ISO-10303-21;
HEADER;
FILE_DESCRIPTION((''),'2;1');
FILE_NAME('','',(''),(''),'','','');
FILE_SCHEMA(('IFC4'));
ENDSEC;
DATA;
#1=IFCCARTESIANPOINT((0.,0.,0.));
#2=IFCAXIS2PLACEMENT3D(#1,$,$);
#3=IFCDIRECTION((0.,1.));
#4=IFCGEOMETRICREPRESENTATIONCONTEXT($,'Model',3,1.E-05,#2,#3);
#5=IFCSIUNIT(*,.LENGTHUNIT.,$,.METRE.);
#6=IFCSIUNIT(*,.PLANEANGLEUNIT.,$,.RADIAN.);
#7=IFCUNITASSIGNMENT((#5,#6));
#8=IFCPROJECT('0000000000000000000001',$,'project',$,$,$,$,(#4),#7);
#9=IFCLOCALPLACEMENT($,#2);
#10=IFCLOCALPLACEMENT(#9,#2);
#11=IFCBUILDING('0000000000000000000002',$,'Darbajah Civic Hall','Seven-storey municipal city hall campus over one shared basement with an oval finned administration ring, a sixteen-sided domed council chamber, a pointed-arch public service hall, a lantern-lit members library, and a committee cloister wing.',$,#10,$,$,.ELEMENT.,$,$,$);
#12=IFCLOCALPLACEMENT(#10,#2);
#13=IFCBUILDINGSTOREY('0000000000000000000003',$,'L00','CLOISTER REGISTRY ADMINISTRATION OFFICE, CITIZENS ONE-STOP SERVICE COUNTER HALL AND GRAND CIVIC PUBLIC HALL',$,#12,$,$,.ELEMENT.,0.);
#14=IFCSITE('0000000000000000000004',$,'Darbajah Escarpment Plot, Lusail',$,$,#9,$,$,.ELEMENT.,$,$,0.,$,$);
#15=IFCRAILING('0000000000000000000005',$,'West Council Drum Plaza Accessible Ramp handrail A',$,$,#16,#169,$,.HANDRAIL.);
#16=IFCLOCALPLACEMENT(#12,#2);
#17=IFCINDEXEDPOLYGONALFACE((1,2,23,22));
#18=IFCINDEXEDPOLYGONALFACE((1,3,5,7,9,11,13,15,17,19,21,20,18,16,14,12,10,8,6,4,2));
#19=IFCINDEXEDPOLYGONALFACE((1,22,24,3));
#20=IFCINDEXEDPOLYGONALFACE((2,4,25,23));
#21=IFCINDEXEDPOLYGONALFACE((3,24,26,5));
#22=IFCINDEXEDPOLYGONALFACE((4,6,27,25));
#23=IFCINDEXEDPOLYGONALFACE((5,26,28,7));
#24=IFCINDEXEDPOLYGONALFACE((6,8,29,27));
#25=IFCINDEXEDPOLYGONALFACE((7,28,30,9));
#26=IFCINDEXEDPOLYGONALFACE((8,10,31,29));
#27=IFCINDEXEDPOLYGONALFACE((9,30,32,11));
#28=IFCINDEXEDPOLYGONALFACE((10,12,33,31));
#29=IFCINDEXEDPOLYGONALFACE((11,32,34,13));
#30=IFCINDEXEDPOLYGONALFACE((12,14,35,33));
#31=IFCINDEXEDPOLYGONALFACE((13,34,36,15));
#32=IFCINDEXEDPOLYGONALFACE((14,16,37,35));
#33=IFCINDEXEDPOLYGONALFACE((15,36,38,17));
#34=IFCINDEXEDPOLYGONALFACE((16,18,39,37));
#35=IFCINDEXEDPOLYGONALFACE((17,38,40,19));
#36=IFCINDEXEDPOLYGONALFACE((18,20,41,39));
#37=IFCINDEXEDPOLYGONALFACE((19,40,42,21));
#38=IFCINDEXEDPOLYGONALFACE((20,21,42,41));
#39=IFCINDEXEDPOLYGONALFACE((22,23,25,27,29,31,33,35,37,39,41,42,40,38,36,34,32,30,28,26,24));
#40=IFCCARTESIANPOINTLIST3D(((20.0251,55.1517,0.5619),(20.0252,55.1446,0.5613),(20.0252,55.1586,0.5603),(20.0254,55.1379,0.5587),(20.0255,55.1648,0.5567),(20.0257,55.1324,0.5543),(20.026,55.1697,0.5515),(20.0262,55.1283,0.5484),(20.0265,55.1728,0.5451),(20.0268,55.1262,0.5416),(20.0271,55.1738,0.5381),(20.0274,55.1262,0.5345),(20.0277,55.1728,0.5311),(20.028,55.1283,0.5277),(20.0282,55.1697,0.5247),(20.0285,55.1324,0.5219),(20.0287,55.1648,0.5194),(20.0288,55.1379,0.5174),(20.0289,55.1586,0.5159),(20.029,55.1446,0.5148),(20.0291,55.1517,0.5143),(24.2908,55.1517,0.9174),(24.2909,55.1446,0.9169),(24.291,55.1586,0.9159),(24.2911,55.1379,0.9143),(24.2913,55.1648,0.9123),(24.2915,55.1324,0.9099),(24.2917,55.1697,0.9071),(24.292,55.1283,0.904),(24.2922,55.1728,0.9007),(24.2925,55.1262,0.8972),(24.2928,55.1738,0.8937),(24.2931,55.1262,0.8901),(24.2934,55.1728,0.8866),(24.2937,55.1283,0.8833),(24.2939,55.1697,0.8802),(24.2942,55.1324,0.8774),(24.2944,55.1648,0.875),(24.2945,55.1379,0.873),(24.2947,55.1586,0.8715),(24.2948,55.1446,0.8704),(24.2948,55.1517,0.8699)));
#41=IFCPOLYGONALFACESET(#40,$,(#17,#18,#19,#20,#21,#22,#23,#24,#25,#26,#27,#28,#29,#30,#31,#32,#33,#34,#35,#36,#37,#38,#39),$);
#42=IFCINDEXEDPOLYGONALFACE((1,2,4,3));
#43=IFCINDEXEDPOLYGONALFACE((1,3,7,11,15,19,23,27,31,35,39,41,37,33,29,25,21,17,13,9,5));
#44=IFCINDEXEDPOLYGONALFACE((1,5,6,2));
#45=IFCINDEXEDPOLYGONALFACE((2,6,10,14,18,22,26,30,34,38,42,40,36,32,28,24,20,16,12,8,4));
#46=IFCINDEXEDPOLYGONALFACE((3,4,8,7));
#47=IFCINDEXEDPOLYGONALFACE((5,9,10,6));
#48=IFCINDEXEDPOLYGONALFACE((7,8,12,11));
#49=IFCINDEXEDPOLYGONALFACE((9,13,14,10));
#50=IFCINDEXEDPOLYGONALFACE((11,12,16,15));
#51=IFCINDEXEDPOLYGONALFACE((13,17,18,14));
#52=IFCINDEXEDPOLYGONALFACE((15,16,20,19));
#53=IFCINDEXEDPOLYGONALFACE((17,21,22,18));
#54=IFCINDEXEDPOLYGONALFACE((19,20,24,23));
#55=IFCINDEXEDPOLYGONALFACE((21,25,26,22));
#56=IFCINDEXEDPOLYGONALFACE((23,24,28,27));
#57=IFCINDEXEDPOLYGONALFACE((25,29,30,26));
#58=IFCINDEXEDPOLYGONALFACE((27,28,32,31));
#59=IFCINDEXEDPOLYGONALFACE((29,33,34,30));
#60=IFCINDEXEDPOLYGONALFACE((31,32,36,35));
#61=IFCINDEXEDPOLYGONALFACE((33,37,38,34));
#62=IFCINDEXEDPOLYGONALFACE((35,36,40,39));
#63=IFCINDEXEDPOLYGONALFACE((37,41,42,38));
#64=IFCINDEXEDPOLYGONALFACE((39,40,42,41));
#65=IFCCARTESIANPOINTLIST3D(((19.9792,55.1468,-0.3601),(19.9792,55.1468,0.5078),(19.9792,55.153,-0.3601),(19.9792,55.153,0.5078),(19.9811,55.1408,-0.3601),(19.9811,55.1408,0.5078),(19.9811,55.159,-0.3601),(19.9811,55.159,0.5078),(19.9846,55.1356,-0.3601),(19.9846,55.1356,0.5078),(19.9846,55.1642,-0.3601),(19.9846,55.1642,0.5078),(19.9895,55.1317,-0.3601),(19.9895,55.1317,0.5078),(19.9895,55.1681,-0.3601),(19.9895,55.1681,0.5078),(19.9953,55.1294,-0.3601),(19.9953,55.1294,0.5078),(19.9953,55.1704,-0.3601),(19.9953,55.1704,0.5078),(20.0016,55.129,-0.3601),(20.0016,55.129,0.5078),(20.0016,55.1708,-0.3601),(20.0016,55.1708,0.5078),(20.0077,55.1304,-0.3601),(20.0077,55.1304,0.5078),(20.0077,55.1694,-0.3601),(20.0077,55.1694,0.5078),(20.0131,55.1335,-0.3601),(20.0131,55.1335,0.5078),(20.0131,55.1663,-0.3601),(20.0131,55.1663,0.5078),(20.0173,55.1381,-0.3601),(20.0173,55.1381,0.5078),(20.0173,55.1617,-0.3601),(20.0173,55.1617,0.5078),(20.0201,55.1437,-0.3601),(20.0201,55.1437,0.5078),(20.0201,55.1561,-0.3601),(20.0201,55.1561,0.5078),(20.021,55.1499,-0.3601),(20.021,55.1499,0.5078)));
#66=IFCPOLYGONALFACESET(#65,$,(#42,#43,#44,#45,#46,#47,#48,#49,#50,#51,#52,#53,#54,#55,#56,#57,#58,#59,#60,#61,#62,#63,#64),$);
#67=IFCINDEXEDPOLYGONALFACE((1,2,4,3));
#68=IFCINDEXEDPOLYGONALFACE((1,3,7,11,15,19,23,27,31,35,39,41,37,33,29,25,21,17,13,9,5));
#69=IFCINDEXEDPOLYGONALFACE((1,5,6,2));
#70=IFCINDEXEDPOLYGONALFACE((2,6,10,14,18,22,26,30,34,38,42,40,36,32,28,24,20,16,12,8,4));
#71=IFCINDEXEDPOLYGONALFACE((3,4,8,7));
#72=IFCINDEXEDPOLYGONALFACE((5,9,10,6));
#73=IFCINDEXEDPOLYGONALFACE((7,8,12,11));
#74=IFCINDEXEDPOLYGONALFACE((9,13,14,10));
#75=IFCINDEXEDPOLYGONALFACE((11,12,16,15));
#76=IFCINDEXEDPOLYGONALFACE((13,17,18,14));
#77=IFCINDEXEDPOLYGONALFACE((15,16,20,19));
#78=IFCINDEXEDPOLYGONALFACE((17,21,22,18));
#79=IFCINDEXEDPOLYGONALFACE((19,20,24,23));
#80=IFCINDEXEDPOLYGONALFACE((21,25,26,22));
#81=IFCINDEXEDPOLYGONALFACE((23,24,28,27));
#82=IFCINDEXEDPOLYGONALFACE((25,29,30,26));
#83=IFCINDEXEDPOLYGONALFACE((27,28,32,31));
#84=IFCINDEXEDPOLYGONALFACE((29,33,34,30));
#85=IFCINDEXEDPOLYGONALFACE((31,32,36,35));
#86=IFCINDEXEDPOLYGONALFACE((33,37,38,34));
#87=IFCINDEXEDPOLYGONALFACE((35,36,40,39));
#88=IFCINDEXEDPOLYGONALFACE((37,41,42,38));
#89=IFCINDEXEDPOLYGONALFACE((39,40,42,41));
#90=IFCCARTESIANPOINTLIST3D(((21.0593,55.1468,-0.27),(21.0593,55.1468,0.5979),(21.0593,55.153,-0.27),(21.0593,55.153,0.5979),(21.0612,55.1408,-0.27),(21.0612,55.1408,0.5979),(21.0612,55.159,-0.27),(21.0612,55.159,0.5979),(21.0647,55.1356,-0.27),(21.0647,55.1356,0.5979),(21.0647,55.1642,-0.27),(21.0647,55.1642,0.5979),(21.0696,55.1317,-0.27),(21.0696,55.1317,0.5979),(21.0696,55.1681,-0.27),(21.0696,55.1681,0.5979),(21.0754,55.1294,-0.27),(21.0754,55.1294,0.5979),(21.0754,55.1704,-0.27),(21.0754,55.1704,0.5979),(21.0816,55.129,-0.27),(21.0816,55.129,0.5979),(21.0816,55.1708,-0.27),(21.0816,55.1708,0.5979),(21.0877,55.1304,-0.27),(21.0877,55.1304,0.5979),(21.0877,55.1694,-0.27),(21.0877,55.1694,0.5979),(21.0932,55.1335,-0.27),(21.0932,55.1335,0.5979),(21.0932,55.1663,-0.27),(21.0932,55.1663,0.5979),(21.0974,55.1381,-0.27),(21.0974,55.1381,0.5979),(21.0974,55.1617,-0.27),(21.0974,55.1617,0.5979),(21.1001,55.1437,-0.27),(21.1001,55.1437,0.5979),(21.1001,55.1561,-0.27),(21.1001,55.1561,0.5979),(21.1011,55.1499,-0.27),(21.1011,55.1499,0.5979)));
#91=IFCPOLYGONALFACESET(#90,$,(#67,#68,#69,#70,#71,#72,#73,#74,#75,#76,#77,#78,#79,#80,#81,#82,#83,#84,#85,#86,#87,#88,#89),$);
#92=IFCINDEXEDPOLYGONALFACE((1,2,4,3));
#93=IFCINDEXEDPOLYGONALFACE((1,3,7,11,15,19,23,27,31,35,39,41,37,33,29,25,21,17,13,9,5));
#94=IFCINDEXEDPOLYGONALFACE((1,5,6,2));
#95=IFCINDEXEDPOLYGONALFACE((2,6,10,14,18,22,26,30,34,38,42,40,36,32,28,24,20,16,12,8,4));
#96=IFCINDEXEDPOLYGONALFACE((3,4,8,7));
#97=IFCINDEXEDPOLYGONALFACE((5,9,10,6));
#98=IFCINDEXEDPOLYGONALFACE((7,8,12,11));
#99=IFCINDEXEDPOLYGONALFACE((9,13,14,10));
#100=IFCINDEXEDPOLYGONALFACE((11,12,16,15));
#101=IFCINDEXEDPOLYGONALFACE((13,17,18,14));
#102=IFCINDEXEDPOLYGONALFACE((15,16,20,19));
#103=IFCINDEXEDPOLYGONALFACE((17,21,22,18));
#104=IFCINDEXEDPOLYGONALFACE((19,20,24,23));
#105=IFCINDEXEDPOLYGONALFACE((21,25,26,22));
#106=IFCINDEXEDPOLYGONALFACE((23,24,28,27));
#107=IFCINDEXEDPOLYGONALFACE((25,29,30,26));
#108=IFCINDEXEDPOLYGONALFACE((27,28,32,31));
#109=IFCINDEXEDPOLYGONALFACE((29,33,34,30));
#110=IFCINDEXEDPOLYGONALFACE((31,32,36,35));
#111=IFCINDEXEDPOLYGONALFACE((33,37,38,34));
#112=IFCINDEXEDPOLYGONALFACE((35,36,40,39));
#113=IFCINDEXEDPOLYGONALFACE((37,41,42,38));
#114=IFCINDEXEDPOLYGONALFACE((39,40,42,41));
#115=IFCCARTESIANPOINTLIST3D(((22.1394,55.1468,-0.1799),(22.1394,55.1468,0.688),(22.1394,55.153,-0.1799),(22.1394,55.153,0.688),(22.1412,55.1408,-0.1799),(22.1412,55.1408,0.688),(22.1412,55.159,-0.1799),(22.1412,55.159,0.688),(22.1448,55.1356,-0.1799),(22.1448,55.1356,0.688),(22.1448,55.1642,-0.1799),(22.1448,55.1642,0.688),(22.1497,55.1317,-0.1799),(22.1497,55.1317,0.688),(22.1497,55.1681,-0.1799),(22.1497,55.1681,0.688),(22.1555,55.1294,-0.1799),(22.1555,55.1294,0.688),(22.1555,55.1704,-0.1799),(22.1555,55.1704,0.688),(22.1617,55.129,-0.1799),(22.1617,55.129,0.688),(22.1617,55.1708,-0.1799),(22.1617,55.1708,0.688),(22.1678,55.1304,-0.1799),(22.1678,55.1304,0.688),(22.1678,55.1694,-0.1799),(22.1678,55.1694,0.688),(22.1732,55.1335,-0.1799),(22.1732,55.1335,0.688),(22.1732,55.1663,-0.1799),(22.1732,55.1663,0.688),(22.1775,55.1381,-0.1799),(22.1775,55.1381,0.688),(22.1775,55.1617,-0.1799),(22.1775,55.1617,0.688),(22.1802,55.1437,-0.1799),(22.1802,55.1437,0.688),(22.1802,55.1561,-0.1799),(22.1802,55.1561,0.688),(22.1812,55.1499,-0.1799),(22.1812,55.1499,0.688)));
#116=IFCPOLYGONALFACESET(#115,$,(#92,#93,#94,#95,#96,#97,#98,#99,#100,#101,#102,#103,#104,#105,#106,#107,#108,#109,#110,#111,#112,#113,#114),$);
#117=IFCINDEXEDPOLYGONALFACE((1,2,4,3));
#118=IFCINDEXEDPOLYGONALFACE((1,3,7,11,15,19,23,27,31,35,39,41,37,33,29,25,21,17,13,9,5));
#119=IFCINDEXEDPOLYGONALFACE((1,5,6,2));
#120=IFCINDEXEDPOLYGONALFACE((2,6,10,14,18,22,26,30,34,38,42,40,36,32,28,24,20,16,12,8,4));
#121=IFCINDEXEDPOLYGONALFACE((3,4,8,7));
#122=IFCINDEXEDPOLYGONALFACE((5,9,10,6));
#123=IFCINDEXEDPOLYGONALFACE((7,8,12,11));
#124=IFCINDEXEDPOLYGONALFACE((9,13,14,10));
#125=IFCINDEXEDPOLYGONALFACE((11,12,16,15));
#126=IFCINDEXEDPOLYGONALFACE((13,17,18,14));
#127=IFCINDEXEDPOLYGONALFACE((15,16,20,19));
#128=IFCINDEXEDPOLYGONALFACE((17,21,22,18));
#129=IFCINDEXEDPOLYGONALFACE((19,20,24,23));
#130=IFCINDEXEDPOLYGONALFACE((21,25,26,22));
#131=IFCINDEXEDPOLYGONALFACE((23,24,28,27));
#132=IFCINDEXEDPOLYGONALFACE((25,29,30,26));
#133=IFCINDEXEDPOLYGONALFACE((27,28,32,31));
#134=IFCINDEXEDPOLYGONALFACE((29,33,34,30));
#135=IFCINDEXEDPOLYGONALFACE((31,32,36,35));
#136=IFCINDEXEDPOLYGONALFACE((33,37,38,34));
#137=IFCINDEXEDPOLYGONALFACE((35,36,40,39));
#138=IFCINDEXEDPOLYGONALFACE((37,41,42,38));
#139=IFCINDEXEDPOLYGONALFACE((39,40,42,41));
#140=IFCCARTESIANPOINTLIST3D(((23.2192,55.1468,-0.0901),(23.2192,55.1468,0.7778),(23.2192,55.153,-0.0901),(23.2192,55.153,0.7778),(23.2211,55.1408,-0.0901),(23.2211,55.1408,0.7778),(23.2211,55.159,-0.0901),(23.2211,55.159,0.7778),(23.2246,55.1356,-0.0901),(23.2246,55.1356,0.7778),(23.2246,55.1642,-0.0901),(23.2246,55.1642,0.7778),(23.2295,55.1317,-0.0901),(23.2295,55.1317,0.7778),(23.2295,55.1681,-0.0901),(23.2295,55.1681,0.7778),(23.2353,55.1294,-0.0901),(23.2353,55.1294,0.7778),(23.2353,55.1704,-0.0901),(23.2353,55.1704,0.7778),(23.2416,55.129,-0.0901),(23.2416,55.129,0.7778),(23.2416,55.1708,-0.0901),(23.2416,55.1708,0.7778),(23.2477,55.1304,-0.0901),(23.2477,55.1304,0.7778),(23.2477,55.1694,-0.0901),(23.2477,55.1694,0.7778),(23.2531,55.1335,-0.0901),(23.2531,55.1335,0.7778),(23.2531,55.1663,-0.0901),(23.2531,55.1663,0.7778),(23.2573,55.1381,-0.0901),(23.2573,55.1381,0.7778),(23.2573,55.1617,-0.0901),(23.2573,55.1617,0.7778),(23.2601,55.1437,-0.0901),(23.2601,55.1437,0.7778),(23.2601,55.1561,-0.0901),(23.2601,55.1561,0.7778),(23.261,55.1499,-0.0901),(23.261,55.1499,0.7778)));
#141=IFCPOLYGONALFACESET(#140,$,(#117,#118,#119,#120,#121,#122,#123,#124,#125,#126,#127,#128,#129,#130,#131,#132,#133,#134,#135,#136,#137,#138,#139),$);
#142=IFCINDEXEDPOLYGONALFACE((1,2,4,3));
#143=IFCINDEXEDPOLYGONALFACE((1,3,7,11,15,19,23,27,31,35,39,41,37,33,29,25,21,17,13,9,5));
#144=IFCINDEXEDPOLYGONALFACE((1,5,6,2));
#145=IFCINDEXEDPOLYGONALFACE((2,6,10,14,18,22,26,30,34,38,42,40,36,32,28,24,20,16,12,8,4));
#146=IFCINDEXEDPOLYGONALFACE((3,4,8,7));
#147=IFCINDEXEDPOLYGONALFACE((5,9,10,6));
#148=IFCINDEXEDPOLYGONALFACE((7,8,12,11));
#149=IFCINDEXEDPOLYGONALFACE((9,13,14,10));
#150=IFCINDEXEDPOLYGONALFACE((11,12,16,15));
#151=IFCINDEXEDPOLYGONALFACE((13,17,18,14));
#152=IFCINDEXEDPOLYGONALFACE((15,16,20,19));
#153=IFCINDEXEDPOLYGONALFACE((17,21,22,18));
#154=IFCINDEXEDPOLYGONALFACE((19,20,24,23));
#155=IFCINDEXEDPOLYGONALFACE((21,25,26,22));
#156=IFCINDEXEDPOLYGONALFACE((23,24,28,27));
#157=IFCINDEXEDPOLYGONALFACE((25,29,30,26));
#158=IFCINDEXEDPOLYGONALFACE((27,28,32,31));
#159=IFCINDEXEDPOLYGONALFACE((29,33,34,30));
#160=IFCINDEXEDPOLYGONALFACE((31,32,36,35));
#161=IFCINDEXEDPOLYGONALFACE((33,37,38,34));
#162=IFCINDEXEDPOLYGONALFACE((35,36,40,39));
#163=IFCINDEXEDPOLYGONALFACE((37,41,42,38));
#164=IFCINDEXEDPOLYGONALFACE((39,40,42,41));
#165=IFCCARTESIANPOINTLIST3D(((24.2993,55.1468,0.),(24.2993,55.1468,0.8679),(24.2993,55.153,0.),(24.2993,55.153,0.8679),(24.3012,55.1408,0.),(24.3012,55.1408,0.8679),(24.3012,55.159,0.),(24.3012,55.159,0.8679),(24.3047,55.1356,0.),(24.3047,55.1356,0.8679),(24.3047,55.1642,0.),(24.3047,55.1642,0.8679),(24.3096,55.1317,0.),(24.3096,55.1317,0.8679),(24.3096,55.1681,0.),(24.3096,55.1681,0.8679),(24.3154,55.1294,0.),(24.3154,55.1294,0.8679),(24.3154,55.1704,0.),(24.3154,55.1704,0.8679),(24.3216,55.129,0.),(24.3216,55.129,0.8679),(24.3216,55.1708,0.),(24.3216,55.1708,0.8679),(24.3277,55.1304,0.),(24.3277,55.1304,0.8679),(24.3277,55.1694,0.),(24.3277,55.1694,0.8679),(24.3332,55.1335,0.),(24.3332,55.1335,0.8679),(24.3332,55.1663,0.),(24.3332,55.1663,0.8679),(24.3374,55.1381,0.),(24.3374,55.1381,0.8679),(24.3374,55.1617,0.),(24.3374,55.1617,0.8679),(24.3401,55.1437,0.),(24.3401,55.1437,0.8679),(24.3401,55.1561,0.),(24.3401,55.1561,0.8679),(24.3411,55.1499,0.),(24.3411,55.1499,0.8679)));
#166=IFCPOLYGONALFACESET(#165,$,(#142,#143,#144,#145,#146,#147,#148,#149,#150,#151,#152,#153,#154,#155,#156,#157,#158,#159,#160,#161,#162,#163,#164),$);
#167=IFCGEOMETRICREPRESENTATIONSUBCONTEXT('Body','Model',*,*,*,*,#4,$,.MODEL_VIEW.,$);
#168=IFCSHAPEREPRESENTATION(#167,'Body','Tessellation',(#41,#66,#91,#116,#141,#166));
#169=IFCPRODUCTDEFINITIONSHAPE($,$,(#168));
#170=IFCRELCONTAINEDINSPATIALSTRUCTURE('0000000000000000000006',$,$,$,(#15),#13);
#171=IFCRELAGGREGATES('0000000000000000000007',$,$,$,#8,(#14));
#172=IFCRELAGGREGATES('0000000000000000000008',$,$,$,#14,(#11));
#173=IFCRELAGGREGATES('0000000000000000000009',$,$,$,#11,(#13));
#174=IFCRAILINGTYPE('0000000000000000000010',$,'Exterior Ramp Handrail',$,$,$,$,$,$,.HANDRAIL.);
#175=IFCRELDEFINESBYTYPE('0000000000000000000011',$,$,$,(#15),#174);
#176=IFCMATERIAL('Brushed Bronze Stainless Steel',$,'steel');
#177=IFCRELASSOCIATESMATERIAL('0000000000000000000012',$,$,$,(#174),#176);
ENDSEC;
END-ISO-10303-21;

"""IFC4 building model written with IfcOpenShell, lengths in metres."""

from ifc_helpers import new_model, si_unit, direction, frame, origin, origin_2d, place, context, subcontext, project, spatial, circle, extrude, material, type_object, element, save


model = new_model("IFC4")

# Units and contexts
model_context = context("Model", 3, precision=1e-05, world=origin(), true_north=direction((0.0, 1.0)))
body_context = subcontext(model_context, "Body", "Model", "MODEL_VIEW")
ifc_project = project(units=[si_unit("LENGTHUNIT", "METRE"), si_unit("PLANEANGLEUNIT", "RADIAN")], contexts=[model_context])

# Site, building, storey
site_placement = place(None, origin())
site = spatial("IfcSite", under=ifc_project, at=site_placement, Name="Darbajah Escarpment Plot, Lusail", CompositionType="ELEMENT", RefElevation=0.0)
building_placement = place(site_placement, origin())
building = spatial("IfcBuilding", under=site, at=building_placement, Name="Darbajah Civic Hall", Description="Seven-storey municipal city hall campus over one shared basement with an oval finned administration ring, a sixteen-sided domed council chamber, a pointed-arch public service hall, a lantern-lit members library, and a committee cloister wing.", CompositionType="ELEMENT")
storey_placement = place(building_placement, origin())
storey = spatial("IfcBuildingStorey", under=building, at=storey_placement, Name="L00", Description="CLOISTER REGISTRY ADMINISTRATION OFFICE, CITIZENS ONE-STOP SERVICE COUNTER HALL AND GRAND CIVIC PUBLIC HALL", CompositionType="ELEMENT", Elevation=0.0)

# Railing
ifc_material_1 = material(Name="Brushed Bronze Stainless Steel", Category="steel")
railing_type = type_object("IfcRailingType", Name="Exterior Ramp Handrail", PredefinedType="HANDRAIL", material=ifc_material_1)
for number, where, name in (
    (1, (20.0, 55.1499, -0.3601), "West Council Drum Plaza Accessible Ramp handrail A"),
):
    element("IfcRailing", number, at=place(storey_placement, frame(where)), inside=storey, type_object=railing_type, Name=name, PredefinedType="HANDRAIL", context=body_context, shape_type="SweptSolid", body=[
        extrude(circle(Radius=0.0239, at=origin_2d()), frame((0.0271, 0.0, 0.8982), z_axis=(0.996544, 0.0, 0.083069), x_axis=(0.0, 1.0, 0.0)), (0.0, 0.0, 1.0), 4.2805),
        extrude(circle(Radius=0.021, at=origin_2d()), origin(), (0.0, 0.0, 1.0), 0.8679),
        extrude(circle(Radius=0.021, at=origin_2d()), frame((1.0801, 0.0, 0.0901)), (0.0, 0.0, 1.0), 0.8679),
        extrude(circle(Radius=0.021, at=origin_2d()), frame((2.1602, 0.0, 0.1802)), (0.0, 0.0, 1.0), 0.8679),
        extrude(circle(Radius=0.021, at=origin_2d()), frame((3.24, 0.0, 0.27)), (0.0, 0.0, 1.0), 0.8679),
        extrude(circle(Radius=0.021, at=origin_2d()), frame((4.3201, 0.0, 0.3601)), (0.0, 0.0, 1.0), 0.8679),
    ])

save(model, "model.ifc")
